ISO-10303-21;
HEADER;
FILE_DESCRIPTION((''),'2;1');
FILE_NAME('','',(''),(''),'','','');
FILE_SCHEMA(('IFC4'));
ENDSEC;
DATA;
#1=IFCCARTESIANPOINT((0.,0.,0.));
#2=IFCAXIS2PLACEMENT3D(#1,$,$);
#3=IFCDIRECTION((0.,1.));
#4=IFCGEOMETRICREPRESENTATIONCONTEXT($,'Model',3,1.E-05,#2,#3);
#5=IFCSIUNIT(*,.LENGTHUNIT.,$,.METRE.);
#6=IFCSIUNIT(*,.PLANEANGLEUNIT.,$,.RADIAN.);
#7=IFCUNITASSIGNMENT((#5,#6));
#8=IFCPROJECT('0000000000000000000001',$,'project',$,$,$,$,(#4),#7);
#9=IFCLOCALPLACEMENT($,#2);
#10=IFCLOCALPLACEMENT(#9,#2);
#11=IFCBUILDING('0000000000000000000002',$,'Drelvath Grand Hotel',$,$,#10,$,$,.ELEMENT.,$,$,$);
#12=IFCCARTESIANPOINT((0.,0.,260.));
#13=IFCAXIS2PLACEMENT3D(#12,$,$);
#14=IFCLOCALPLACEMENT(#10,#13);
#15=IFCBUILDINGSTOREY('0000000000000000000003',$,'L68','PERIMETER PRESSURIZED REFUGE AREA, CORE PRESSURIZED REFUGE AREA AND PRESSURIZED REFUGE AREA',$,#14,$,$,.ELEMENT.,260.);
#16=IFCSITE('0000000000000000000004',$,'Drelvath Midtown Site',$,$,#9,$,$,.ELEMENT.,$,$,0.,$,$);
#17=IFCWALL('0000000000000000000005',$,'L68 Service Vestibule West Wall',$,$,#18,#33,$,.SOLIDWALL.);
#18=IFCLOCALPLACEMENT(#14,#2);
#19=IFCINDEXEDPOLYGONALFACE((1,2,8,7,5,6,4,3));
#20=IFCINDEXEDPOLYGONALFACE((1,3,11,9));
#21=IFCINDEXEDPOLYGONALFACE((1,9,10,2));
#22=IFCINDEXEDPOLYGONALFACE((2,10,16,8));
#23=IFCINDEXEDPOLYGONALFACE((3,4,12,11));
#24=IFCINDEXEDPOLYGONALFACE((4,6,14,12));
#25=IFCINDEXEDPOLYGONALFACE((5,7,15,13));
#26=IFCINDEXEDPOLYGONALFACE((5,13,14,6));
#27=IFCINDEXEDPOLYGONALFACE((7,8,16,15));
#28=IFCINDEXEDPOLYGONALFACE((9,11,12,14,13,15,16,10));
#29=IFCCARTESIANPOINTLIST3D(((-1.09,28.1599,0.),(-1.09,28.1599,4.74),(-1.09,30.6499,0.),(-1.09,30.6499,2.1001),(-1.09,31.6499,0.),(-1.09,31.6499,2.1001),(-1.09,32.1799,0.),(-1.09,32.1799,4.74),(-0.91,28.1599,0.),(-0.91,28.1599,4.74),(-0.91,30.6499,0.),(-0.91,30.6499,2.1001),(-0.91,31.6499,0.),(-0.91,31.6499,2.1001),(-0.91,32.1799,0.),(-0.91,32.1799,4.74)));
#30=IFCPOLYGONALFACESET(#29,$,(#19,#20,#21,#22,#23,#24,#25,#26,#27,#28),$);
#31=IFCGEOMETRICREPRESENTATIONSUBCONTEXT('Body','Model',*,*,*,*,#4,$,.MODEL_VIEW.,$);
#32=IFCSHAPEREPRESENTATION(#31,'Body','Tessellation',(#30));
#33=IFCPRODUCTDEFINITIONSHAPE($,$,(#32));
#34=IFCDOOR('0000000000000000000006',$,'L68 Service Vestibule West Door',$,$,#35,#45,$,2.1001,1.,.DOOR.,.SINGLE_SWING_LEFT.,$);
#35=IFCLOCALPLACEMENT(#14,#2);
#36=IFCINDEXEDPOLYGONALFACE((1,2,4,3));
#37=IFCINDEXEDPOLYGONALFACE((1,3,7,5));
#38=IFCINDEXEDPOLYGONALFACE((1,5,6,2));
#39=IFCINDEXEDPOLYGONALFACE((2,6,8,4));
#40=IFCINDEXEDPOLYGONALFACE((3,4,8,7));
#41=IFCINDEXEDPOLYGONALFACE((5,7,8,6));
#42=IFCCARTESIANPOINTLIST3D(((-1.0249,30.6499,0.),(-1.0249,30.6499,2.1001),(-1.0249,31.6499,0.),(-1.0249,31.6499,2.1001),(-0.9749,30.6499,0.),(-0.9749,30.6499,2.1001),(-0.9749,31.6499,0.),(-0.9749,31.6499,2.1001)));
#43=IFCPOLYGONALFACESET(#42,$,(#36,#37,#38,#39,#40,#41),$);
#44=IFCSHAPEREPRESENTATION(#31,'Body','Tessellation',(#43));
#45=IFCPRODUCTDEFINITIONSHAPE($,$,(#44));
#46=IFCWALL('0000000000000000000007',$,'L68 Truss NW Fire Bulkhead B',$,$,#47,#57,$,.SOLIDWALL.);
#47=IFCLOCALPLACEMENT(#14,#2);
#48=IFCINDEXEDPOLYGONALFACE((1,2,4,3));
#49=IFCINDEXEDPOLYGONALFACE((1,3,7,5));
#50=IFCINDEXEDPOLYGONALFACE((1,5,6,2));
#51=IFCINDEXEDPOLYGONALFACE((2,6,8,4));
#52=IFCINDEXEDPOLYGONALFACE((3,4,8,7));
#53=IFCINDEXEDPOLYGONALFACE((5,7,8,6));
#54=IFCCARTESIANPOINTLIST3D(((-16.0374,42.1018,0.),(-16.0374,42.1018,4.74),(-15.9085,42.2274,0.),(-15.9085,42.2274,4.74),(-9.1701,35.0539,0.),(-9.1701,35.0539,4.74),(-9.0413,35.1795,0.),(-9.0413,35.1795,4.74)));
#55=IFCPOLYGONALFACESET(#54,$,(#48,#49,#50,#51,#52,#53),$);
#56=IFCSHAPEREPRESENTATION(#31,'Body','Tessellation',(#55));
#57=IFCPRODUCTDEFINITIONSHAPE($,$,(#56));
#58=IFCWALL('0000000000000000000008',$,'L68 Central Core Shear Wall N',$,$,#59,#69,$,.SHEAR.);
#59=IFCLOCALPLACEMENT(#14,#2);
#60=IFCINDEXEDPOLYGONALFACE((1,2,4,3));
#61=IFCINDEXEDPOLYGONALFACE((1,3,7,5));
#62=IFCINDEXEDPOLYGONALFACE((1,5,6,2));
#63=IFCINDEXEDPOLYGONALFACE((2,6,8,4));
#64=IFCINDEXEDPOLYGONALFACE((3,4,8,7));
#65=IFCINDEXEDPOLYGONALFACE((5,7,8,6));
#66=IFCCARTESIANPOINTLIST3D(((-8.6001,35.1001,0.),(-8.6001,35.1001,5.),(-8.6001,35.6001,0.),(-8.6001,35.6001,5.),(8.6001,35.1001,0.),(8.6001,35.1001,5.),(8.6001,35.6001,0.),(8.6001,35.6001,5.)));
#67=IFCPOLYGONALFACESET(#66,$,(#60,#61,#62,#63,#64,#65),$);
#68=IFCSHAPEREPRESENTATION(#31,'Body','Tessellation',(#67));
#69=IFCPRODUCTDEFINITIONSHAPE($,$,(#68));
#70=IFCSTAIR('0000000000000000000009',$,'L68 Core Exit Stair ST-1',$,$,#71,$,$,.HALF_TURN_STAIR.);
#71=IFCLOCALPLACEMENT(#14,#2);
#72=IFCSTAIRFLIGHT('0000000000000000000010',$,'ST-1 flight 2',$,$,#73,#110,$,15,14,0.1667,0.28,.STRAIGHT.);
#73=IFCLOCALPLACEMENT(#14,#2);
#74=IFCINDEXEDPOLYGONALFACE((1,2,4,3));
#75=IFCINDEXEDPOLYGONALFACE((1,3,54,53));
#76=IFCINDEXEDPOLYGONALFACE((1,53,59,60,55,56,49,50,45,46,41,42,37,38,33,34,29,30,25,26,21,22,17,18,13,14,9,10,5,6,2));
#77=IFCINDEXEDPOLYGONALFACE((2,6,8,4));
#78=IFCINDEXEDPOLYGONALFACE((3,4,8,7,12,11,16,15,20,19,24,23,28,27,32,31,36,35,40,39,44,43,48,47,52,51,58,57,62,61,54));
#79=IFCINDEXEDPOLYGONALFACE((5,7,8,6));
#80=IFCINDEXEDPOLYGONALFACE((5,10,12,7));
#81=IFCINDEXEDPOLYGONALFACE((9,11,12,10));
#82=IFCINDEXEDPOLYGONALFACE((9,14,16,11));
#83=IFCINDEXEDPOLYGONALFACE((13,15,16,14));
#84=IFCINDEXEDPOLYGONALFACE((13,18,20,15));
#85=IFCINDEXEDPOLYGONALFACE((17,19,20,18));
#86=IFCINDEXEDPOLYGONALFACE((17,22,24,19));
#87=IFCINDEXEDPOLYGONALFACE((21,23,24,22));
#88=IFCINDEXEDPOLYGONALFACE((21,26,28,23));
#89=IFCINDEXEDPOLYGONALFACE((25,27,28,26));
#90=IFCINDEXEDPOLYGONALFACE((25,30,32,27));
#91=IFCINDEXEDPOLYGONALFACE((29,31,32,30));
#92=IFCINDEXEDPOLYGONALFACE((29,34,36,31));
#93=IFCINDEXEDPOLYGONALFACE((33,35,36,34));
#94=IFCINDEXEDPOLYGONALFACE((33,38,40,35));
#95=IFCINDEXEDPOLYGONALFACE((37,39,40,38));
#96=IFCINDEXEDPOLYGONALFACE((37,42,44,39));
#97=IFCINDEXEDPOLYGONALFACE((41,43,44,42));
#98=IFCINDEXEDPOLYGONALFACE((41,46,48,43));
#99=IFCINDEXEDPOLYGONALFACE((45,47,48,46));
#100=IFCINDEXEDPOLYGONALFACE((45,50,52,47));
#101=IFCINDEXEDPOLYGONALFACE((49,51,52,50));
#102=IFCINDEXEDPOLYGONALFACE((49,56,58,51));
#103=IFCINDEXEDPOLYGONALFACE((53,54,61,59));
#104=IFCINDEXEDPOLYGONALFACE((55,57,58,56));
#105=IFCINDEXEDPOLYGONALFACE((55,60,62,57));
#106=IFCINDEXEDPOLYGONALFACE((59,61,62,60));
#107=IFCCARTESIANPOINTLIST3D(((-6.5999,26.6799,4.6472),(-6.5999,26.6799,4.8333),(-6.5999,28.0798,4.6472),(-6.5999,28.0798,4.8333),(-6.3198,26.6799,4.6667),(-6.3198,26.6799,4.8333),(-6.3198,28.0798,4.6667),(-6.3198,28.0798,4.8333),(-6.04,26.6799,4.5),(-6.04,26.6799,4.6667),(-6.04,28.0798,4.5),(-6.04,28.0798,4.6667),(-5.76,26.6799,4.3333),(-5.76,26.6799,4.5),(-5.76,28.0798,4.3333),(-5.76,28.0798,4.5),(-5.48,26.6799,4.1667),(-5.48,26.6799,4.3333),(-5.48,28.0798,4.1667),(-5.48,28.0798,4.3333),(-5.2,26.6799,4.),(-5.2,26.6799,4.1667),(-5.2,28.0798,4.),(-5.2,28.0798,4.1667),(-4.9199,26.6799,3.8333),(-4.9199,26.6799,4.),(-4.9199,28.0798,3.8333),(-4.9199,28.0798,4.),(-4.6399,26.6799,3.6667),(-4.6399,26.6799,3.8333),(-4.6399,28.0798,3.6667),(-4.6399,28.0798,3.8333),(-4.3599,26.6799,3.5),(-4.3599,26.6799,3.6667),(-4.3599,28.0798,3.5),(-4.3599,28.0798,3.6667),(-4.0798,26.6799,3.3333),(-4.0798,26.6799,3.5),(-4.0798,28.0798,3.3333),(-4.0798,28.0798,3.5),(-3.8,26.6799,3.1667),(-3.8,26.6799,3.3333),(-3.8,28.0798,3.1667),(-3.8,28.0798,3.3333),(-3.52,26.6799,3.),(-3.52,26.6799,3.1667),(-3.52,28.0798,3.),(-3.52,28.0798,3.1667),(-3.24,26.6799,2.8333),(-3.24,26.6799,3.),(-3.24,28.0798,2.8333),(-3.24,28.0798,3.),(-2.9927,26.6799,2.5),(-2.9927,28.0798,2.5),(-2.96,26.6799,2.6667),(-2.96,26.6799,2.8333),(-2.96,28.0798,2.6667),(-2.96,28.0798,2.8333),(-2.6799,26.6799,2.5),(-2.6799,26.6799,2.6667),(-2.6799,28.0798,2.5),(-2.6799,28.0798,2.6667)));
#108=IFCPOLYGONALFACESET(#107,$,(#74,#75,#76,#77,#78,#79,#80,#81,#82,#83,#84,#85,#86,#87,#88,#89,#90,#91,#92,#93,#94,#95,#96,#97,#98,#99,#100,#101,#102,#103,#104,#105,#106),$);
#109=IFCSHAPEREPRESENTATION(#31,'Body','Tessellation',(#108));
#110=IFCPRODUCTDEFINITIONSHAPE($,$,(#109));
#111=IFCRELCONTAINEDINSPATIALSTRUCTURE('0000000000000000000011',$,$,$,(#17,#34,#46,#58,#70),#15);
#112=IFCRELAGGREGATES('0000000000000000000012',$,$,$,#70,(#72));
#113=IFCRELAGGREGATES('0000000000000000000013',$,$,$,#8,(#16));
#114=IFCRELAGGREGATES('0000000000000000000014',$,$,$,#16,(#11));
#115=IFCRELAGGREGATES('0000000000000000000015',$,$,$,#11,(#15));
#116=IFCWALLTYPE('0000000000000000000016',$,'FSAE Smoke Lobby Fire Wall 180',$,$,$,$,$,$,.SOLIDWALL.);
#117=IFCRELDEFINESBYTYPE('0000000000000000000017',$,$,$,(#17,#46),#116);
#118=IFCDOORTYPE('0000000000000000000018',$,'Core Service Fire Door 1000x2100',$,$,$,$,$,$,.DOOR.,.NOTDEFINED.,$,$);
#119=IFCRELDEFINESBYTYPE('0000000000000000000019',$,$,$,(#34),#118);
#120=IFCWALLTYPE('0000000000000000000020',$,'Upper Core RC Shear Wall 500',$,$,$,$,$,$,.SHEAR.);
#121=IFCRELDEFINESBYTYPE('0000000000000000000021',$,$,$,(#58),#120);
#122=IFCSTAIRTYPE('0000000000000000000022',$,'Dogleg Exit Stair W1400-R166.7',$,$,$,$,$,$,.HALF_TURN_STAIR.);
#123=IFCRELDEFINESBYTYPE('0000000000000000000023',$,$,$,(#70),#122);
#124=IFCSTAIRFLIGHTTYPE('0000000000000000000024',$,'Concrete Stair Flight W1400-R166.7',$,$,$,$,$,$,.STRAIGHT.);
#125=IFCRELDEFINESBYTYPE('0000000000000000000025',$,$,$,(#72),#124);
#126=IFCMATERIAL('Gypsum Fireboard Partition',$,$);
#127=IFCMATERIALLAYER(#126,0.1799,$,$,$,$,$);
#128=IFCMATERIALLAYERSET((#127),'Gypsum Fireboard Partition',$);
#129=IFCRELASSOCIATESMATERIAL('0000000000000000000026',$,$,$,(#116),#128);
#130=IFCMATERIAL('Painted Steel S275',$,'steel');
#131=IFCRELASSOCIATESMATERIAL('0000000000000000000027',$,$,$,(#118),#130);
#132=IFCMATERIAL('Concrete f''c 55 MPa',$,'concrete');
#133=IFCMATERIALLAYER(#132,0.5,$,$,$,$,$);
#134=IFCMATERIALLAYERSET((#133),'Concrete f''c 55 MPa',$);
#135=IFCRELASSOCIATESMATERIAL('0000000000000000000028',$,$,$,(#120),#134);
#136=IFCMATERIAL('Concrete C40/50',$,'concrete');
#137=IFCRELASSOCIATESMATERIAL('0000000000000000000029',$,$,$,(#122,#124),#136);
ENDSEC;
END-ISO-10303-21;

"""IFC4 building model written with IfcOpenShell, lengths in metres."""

from ifc_helpers import new_model, si_unit, direction, frame, frame_2d, origin, place, context, subcontext, project, spatial, polyline, rectangle, outline, extrude, material, layer, layer_set, type_object, element, fill, aggregate, save


model = new_model("IFC4")

# Units and contexts
model_context = context("Model", 3, precision=1e-05, world=origin(), true_north=direction((0.0, 1.0)))
body_context = subcontext(model_context, "Body", "Model", "MODEL_VIEW")
ifc_project = project(units=[si_unit("LENGTHUNIT", "METRE"), si_unit("PLANEANGLEUNIT", "RADIAN")], contexts=[model_context])

# Site, building, storey
site_placement = place(None, origin())
site = spatial("IfcSite", under=ifc_project, at=site_placement, Name="Drelvath Midtown Site", CompositionType="ELEMENT", RefElevation=0.0)
building_placement = place(site_placement, origin())
building = spatial("IfcBuilding", under=site, at=building_placement, Name="Drelvath Grand Hotel", CompositionType="ELEMENT")
storey_placement = place(building_placement, frame((0.0, 0.0, 260.0)))
storey = spatial("IfcBuildingStorey", under=building, at=storey_placement, Name="L68", Description="PERIMETER PRESSURIZED REFUGE AREA, CORE PRESSURIZED REFUGE AREA AND PRESSURIZED REFUGE AREA", CompositionType="ELEMENT", Elevation=260.0)

# Shared definitions
ifc_material_1 = material(Name="Concrete f'c 55 MPa", Category="concrete")

# Shared definitions
ifc_material_2 = material(Name="Painted Steel S275", Category="steel")

# Shared definitions
ifc_material_3 = material(Name="Concrete C40/50", Category="concrete")

# Shared definitions
ifc_material_4 = material(Name="Gypsum Fireboard Partition")

# Wall, opening, door
ifc_layer_1 = layer(ifc_material_4, 0.1799)
ifc_layer_set_1 = layer_set([ifc_layer_1], Name="Gypsum Fireboard Partition")
wall_type_1 = type_object("IfcWallType", Name="FSAE Smoke Lobby Fire Wall 180", PredefinedType="SOLIDWALL", material=ifc_layer_set_1)
wall_1_placement = place(storey_placement, frame((-1.0, 28.1599, 0.0), z_axis=(0.0, 0.0, 1.0), x_axis=(0.0, 1.0, 0.0)))
wall_1 = element("IfcWall", 1, at=wall_1_placement, inside=storey, type_object=wall_type_1, Name="L68 Service Vestibule West Wall", PredefinedType="SOLIDWALL", context=body_context, shape_type="SweptSolid", body=[
    extrude(rectangle(XDim=4.02, YDim=0.1799, at=frame_2d((2.01, 0.0))), origin(), (0.0, 0.0, 1.0), 4.74),
])
opening_1_placement = place(wall_1_placement, frame((2.49, 0.0, 0.0)))
opening_1 = element("IfcOpeningElement", 2, at=opening_1_placement, cuts=wall_1, PredefinedType="OPENING", context=body_context, shape_type="SweptSolid", body=[
    extrude(rectangle(XDim=1.0, YDim=2.1001, at=frame_2d((0.5, 1.05))), frame((0.0, 0.0999, 0.0), z_axis=(0.0, -1.0, 0.0), x_axis=(1.0, 0.0, 0.0)), (0.0, 0.0, 1.0), 0.2),
])
door_type_1 = type_object("IfcDoorType", Name="Core Service Fire Door 1000x2100", OperationType="NOTDEFINED", PredefinedType="DOOR", material=ifc_material_2)
door_1_placement = place(opening_1_placement, origin())
door_1 = element("IfcDoor", 3, at=door_1_placement, inside=storey, type_object=door_type_1, Name="L68 Service Vestibule West Door", OperationType="SINGLE_SWING_LEFT", OverallHeight=2.1001, OverallWidth=1.0, PredefinedType="DOOR", context=body_context, shape_type="SweptSolid", body=[
    extrude(rectangle(XDim=1.0, YDim=2.1001, at=frame_2d((0.5, 1.05))), frame((0.0, 0.0249, 0.0), z_axis=(0.0, -1.0, 0.0), x_axis=(1.0, 0.0, 0.0)), (0.0, 0.0, 1.0), 0.05),
])
fill(opening_1, door_1)

# Walls
wall_2_placement = place(storey_placement, frame((-9.1057, 35.1167, 0.0), z_axis=(0.0, 0.0, 1.0), x_axis=(-0.697867, 0.716227, 0.0)))
element("IfcWall", 4, at=wall_2_placement, inside=storey, type_object=wall_type_1, Name="L68 Truss NW Fire Bulkhead B", PredefinedType="SOLIDWALL", context=body_context, shape_type="SweptSolid", body=[
    extrude(rectangle(XDim=9.8403, YDim=0.1799, at=frame_2d((4.9202, 0.0))), origin(), (0.0, 0.0, 1.0), 4.74),
])
ifc_layer_2 = layer(ifc_material_1, 0.5)
ifc_layer_set_2 = layer_set([ifc_layer_2], Name="Concrete f'c 55 MPa")
wall_type_2 = type_object("IfcWallType", Name="Upper Core RC Shear Wall 500", PredefinedType="SHEAR", material=ifc_layer_set_2)
wall_3_placement = place(storey_placement, frame((-8.6001, 35.3501, 0.0), z_axis=(0.0, 0.0, 1.0), x_axis=(1.0, 0.0, 0.0)))
element("IfcWall", 5, at=wall_3_placement, inside=storey, type_object=wall_type_2, Name="L68 Central Core Shear Wall N", PredefinedType="SHEAR", context=body_context, shape_type="SweptSolid", body=[
    extrude(rectangle(XDim=17.2002, YDim=0.5, at=frame_2d((8.6001, 0.0))), origin(), (0.0, 0.0, 1.0), 5.0),
])

# Stair, stair flight
stair_type = type_object("IfcStairType", Name="Dogleg Exit Stair W1400-R166.7", PredefinedType="HALF_TURN_STAIR", material=ifc_material_3)
stair_placement = place(storey_placement, origin())
stair = element("IfcStair", 6, at=stair_placement, inside=storey, type_object=stair_type, Name="L68 Core Exit Stair ST-1", PredefinedType="HALF_TURN_STAIR")
stair_flight_type = type_object("IfcStairFlightType", Name="Concrete Stair Flight W1400-R166.7", PredefinedType="STRAIGHT", material=ifc_material_3)
stair_flight_placement = place(storey_placement, frame((-2.6799, 27.3799, 2.5), z_axis=(0.0, 0.0, 1.0), x_axis=(-1.0, 0.0, 0.0)))
stair_flight = element("IfcStairFlight", 7, at=stair_flight_placement, type_object=stair_flight_type, Name="ST-1 flight 2", NumberOfRisers=15, NumberOfTreads=14, PredefinedType="STRAIGHT", RiserHeight=0.1667, TreadLength=0.28, context=body_context, shape_type="SweptSolid", body=[
    extrude(outline(polyline([(0.0, 0.0), (0.0, 0.1667), (0.28, 0.1667), (0.28, 0.3333), (0.5601, 0.3333), (0.5601, 0.5), (0.8401, 0.5), (0.8401, 0.6667), (1.1201, 0.6667), (1.1201, 0.8333), (1.3999, 0.8333), (1.3999, 1.0), (1.6799, 1.0), (1.6799, 1.1667), (1.96, 1.1667), (1.96, 1.3333), (2.24, 1.3333), (2.24, 1.5), (2.52, 1.5), (2.52, 1.6667), (2.8, 1.6667), (2.8, 1.8333), (3.0801, 1.8333), (3.0801, 2.0), (3.3601, 2.0), (3.3601, 2.1667), (3.6399, 2.1667), (3.6399, 2.3333), (3.9199, 2.3333), (3.9199, 2.5), (3.9199, 2.1472), (0.3127, 0.0), (0.0, 0.0)])), frame((0.0, 0.7, 0.0), z_axis=(0.0, -1.0, 0.0), x_axis=(1.0, 0.0, 0.0)), (0.0, 0.0, 1.0), 1.3999),
])
aggregate(stair, [stair_flight])

save(model, "model.ifc")
